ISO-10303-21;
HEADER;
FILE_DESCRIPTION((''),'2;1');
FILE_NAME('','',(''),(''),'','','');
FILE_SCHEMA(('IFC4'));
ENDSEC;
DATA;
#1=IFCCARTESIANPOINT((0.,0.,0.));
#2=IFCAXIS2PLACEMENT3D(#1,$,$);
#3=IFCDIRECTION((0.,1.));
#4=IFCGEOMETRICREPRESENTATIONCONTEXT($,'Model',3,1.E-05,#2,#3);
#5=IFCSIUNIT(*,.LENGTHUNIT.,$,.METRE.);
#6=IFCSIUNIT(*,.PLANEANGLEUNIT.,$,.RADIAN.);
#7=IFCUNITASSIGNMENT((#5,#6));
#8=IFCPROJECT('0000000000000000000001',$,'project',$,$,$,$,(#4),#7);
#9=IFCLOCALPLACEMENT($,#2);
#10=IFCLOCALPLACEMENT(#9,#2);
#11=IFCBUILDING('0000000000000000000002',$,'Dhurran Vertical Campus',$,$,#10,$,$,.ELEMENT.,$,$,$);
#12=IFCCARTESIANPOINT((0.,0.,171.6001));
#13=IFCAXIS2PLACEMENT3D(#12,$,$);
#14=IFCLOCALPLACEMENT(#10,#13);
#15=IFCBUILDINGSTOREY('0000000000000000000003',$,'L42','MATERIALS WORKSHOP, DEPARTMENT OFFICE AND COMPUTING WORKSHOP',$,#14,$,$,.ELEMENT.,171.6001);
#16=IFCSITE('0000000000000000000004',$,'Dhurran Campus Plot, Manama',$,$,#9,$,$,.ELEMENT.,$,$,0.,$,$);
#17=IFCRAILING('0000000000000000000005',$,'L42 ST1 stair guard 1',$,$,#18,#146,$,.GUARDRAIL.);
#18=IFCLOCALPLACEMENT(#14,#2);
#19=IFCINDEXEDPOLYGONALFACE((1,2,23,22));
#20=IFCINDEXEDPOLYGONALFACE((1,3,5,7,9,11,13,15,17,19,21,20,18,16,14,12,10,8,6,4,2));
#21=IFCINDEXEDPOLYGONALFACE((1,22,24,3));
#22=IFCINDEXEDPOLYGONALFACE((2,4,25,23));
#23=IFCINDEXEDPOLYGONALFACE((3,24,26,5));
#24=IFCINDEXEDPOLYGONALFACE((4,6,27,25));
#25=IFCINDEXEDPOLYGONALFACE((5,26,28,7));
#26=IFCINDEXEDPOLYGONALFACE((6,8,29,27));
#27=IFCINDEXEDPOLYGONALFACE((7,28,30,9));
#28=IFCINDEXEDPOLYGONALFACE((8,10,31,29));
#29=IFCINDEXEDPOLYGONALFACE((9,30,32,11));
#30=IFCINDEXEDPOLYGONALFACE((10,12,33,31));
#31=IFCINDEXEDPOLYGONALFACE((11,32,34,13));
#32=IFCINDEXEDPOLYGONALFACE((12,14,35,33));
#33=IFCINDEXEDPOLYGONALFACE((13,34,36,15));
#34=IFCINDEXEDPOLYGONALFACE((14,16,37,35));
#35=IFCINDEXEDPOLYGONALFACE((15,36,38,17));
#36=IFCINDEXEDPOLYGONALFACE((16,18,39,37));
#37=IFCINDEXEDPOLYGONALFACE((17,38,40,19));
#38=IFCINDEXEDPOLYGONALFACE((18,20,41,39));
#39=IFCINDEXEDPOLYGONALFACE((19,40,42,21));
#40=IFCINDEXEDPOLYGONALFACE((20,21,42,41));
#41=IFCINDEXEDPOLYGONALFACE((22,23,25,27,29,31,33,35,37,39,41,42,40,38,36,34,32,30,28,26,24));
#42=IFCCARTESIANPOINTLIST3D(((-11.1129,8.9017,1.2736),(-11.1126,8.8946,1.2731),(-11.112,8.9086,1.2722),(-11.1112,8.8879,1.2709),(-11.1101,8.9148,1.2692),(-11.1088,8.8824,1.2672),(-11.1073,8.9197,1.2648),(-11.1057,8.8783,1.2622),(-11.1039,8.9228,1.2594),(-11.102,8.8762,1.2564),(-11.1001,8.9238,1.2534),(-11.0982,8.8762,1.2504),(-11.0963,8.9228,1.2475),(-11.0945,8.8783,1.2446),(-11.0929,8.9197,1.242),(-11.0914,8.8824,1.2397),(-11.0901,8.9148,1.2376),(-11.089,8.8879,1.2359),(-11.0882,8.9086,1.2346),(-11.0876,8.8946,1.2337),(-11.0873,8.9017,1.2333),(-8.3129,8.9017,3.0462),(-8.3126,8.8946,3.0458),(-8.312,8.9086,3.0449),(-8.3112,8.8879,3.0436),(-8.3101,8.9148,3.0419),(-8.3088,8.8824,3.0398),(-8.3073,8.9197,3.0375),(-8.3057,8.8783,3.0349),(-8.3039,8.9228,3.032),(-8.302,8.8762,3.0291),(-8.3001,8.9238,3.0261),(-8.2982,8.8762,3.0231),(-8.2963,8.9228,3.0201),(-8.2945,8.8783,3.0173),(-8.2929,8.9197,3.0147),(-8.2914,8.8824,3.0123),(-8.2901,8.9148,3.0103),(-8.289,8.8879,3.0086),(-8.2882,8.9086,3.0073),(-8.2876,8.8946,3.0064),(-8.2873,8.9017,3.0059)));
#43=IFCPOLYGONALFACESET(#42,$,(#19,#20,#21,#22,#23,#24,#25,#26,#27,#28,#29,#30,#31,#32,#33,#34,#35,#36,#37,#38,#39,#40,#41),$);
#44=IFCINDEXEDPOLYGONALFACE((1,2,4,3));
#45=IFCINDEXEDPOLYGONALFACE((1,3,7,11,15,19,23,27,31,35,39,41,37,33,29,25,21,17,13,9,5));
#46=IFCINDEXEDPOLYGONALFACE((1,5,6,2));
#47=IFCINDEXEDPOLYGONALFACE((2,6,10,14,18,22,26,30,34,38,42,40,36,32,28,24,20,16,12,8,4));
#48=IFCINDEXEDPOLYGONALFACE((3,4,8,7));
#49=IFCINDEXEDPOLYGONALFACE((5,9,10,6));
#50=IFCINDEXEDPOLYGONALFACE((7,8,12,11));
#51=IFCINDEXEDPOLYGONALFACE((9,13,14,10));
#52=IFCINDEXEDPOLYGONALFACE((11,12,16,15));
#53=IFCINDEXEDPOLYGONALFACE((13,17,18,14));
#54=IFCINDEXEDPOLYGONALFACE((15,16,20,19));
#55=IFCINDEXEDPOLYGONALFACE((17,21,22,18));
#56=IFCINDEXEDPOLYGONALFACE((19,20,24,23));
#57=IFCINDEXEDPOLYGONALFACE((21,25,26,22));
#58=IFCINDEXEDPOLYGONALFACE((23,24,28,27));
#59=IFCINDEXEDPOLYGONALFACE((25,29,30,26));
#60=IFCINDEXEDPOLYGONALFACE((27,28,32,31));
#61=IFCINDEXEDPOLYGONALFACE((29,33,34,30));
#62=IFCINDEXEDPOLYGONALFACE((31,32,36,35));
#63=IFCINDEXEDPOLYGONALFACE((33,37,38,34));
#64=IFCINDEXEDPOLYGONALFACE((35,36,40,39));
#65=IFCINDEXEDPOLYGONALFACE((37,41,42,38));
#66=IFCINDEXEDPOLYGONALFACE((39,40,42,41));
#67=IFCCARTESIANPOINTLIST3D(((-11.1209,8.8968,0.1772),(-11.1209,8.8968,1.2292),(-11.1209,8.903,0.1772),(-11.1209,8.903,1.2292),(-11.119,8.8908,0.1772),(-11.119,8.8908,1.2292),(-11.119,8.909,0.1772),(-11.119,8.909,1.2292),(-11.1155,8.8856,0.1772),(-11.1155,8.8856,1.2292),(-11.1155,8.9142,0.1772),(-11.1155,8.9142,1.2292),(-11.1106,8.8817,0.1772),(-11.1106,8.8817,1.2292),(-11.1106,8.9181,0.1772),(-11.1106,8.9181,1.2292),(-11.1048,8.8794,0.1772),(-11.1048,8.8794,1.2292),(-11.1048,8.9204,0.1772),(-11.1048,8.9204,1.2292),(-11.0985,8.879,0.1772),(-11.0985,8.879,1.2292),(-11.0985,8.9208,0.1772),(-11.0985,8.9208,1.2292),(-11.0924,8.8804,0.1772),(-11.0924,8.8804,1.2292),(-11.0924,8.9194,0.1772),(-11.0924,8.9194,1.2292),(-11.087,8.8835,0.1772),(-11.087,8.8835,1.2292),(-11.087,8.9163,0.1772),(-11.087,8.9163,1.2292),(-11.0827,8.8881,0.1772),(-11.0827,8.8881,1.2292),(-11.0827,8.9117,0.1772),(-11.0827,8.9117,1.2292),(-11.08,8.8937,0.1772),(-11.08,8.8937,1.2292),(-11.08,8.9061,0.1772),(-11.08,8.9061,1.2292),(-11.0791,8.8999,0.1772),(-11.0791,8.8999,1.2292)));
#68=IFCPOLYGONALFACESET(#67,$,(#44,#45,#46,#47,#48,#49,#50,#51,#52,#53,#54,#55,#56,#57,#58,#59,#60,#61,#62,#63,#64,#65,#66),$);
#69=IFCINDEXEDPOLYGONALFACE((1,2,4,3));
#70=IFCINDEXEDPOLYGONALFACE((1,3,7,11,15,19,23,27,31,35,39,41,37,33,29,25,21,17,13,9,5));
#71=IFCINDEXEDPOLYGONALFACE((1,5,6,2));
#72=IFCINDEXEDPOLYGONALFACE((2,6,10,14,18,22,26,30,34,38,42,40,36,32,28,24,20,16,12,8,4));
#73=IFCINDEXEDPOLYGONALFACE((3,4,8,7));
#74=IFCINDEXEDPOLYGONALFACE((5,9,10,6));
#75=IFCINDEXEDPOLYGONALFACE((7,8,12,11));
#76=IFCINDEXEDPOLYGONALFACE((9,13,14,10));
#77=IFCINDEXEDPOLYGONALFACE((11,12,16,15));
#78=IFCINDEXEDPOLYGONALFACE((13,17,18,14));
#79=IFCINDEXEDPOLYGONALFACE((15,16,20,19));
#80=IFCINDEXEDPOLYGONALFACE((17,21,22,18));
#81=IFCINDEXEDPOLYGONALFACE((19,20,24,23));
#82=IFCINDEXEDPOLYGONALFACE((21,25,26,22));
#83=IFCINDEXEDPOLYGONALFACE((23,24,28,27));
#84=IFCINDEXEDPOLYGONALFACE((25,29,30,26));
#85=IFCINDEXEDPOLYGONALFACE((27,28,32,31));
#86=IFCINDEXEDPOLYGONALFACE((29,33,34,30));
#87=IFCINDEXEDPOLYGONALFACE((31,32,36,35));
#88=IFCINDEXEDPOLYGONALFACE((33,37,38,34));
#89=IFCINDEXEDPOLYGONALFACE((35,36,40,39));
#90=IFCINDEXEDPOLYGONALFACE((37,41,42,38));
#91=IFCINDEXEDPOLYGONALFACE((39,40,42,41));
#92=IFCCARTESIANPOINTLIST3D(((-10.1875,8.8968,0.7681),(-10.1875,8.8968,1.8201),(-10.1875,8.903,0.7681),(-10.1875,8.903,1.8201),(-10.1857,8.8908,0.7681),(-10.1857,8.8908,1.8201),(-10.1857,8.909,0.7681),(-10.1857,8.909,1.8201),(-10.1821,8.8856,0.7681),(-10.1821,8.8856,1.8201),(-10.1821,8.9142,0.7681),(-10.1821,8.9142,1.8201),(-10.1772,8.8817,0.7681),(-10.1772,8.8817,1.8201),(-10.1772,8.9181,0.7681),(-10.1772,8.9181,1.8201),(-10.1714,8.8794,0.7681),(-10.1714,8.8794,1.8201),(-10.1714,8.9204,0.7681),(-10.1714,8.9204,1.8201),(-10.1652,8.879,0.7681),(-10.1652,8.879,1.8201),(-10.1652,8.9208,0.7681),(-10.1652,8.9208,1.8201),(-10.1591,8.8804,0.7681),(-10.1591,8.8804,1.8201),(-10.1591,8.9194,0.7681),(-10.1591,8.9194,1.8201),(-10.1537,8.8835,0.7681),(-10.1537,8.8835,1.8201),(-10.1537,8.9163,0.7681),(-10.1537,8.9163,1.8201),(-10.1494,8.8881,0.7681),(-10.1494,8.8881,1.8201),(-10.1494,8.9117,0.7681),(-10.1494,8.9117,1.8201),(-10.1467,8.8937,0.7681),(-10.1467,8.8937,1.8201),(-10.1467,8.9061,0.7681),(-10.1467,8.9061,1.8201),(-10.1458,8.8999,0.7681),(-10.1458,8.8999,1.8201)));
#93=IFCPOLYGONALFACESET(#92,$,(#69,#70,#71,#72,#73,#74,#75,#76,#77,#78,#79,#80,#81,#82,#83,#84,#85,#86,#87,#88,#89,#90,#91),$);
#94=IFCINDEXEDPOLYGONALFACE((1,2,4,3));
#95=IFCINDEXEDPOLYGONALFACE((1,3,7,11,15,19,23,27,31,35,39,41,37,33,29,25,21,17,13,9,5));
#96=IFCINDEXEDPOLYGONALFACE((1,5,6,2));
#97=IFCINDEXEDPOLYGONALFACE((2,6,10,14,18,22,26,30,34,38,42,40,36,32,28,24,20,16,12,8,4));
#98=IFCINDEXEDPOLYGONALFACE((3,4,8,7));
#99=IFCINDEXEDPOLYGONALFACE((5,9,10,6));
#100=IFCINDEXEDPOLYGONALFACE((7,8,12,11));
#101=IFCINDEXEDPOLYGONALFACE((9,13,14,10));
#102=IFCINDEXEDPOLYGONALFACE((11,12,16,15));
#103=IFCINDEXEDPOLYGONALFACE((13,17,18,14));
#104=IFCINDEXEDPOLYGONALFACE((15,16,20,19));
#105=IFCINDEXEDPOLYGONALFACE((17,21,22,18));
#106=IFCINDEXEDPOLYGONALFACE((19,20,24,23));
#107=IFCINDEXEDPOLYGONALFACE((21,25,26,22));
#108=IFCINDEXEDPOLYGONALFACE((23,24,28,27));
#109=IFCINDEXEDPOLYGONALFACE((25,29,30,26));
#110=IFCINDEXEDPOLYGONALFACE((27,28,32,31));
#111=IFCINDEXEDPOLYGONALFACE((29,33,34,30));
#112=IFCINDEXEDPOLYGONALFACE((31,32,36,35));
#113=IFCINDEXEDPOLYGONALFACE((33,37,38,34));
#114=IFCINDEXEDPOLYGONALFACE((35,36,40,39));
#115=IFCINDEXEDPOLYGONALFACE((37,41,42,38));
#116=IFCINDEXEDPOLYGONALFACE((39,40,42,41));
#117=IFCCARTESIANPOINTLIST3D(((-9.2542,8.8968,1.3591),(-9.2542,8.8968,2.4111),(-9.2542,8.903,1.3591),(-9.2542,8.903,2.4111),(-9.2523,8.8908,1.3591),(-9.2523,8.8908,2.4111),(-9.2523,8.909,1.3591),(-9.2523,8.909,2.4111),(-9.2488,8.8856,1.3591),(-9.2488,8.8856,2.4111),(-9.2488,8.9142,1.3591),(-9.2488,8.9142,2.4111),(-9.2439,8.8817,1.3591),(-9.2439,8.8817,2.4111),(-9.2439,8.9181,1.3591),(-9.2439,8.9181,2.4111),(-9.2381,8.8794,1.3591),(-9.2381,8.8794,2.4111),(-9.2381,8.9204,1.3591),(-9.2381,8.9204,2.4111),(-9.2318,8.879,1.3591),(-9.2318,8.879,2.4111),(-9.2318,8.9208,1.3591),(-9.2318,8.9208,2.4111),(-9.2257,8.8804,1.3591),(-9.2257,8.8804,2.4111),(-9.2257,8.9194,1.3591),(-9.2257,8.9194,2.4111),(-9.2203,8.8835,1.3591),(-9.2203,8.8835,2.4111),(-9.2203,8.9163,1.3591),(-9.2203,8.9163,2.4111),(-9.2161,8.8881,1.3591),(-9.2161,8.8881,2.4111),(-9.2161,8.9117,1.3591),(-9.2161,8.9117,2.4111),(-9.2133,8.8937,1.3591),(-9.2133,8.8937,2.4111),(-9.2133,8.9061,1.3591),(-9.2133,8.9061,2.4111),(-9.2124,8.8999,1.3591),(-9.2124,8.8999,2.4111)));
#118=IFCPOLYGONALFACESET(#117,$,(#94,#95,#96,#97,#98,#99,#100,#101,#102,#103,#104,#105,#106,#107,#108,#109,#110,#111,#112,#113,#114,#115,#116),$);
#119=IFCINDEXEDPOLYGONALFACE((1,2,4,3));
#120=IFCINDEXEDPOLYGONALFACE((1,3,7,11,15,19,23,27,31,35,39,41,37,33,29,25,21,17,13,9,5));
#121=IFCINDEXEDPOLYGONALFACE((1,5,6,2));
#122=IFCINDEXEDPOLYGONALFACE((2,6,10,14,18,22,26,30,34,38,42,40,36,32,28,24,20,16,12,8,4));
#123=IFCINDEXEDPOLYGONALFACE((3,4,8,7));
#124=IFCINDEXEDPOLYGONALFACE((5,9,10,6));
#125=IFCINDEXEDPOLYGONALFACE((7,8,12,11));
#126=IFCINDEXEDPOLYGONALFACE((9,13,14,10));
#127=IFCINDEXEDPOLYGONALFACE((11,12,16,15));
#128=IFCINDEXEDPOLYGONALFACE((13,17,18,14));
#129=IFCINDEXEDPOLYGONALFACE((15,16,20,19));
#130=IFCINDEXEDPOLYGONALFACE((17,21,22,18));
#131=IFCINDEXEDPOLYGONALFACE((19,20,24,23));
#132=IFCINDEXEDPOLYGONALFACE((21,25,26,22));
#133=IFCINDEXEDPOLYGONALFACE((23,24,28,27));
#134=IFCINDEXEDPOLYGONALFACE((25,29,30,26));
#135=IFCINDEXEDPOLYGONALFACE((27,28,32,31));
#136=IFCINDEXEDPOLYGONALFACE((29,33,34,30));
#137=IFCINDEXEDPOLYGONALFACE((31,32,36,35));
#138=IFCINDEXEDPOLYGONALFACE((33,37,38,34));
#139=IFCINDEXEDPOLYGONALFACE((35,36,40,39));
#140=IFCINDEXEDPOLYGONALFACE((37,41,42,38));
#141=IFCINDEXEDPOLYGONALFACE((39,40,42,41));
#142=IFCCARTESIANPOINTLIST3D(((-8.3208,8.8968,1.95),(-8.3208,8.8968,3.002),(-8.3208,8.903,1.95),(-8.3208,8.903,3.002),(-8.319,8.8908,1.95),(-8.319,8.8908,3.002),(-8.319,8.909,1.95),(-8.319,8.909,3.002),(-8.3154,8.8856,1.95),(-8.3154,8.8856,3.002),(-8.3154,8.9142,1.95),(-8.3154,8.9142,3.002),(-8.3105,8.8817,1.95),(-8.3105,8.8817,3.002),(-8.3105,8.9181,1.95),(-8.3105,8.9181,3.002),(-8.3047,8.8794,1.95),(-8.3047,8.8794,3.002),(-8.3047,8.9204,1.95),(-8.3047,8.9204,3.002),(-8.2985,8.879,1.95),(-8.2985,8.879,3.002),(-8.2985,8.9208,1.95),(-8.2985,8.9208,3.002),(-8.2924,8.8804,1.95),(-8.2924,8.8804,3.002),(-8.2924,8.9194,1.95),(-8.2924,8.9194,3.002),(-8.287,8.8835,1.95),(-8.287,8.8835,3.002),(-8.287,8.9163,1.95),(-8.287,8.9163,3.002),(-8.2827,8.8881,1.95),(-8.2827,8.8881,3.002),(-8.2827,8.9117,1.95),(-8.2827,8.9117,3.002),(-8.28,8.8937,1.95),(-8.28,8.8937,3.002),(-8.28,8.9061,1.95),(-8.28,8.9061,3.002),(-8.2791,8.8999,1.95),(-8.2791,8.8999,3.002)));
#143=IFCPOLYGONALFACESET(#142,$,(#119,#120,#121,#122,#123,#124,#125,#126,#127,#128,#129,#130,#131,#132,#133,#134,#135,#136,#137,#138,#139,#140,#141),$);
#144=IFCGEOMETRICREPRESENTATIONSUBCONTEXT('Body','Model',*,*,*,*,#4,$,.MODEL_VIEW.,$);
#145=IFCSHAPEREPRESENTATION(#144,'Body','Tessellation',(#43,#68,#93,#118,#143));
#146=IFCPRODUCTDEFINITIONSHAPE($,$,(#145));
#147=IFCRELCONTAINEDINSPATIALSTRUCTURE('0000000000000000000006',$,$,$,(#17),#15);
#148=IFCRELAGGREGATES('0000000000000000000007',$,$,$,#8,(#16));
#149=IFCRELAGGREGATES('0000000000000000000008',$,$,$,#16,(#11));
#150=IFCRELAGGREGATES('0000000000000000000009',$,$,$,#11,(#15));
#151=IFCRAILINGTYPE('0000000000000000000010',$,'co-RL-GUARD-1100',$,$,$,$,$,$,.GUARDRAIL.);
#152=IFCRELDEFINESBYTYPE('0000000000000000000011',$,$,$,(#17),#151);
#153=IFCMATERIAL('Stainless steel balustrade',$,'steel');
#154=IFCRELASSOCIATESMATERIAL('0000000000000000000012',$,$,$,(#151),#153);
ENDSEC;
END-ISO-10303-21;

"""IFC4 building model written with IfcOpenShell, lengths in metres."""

from ifc_helpers import new_model, si_unit, direction, frame, origin, origin_2d, place, context, subcontext, project, spatial, circle, extrude, material, type_object, element, save


model = new_model("IFC4")

# Units and contexts
model_context = context("Model", 3, precision=1e-05, world=origin(), true_north=direction((0.0, 1.0)))
body_context = subcontext(model_context, "Body", "Model", "MODEL_VIEW")
ifc_project = project(units=[si_unit("LENGTHUNIT", "METRE"), si_unit("PLANEANGLEUNIT", "RADIAN")], contexts=[model_context])

# Site, building, storey
site_placement = place(None, origin())
site = spatial("IfcSite", under=ifc_project, at=site_placement, Name="Dhurran Campus Plot, Manama", CompositionType="ELEMENT", RefElevation=0.0)
building_placement = place(site_placement, origin())
building = spatial("IfcBuilding", under=site, at=building_placement, Name="Dhurran Vertical Campus", CompositionType="ELEMENT")
storey_placement = place(building_placement, frame((0.0, 0.0, 171.6001)))
storey = spatial("IfcBuildingStorey", under=building, at=storey_placement, Name="L42", Description="MATERIALS WORKSHOP, DEPARTMENT OFFICE AND COMPUTING WORKSHOP", CompositionType="ELEMENT", Elevation=171.6001)

# Railing
ifc_material_1 = material(Name="Stainless steel balustrade", Category="steel")
railing_type_1 = type_object("IfcRailingType", Name="co-RL-GUARD-1100", PredefinedType="GUARDRAIL", material=ifc_material_1)
railing_1_placement = place(storey_placement, frame((-11.1001, 8.8999, 0.1772)))
element("IfcRailing", 1, at=railing_1_placement, inside=storey, type_object=railing_type_1, Name="L42 ST1 stair guard 1", PredefinedType="GUARDRAIL", context=body_context, shape_type="SweptSolid", body=[
    extrude(circle(Radius=0.0239, at=origin_2d()), frame((0.0, 0.0, 1.0762), z_axis=(0.844909, 0.0, 0.53491), x_axis=(0.0, 1.0, 0.0)), (0.0, 0.0, 1.0), 3.314),
    extrude(circle(Radius=0.021, at=origin_2d()), origin(), (0.0, 0.0, 1.0), 1.052),
    extrude(circle(Radius=0.021, at=origin_2d()), frame((0.9333, 0.0, 0.5908)), (0.0, 0.0, 1.0), 1.052),
    extrude(circle(Radius=0.021, at=origin_2d()), frame((1.8667, 0.0, 1.1819)), (0.0, 0.0, 1.0), 1.052),
    extrude(circle(Radius=0.021, at=origin_2d()), frame((2.8, 0.0, 1.7727)), (0.0, 0.0, 1.0), 1.052),
])

save(model, "model.ifc")
